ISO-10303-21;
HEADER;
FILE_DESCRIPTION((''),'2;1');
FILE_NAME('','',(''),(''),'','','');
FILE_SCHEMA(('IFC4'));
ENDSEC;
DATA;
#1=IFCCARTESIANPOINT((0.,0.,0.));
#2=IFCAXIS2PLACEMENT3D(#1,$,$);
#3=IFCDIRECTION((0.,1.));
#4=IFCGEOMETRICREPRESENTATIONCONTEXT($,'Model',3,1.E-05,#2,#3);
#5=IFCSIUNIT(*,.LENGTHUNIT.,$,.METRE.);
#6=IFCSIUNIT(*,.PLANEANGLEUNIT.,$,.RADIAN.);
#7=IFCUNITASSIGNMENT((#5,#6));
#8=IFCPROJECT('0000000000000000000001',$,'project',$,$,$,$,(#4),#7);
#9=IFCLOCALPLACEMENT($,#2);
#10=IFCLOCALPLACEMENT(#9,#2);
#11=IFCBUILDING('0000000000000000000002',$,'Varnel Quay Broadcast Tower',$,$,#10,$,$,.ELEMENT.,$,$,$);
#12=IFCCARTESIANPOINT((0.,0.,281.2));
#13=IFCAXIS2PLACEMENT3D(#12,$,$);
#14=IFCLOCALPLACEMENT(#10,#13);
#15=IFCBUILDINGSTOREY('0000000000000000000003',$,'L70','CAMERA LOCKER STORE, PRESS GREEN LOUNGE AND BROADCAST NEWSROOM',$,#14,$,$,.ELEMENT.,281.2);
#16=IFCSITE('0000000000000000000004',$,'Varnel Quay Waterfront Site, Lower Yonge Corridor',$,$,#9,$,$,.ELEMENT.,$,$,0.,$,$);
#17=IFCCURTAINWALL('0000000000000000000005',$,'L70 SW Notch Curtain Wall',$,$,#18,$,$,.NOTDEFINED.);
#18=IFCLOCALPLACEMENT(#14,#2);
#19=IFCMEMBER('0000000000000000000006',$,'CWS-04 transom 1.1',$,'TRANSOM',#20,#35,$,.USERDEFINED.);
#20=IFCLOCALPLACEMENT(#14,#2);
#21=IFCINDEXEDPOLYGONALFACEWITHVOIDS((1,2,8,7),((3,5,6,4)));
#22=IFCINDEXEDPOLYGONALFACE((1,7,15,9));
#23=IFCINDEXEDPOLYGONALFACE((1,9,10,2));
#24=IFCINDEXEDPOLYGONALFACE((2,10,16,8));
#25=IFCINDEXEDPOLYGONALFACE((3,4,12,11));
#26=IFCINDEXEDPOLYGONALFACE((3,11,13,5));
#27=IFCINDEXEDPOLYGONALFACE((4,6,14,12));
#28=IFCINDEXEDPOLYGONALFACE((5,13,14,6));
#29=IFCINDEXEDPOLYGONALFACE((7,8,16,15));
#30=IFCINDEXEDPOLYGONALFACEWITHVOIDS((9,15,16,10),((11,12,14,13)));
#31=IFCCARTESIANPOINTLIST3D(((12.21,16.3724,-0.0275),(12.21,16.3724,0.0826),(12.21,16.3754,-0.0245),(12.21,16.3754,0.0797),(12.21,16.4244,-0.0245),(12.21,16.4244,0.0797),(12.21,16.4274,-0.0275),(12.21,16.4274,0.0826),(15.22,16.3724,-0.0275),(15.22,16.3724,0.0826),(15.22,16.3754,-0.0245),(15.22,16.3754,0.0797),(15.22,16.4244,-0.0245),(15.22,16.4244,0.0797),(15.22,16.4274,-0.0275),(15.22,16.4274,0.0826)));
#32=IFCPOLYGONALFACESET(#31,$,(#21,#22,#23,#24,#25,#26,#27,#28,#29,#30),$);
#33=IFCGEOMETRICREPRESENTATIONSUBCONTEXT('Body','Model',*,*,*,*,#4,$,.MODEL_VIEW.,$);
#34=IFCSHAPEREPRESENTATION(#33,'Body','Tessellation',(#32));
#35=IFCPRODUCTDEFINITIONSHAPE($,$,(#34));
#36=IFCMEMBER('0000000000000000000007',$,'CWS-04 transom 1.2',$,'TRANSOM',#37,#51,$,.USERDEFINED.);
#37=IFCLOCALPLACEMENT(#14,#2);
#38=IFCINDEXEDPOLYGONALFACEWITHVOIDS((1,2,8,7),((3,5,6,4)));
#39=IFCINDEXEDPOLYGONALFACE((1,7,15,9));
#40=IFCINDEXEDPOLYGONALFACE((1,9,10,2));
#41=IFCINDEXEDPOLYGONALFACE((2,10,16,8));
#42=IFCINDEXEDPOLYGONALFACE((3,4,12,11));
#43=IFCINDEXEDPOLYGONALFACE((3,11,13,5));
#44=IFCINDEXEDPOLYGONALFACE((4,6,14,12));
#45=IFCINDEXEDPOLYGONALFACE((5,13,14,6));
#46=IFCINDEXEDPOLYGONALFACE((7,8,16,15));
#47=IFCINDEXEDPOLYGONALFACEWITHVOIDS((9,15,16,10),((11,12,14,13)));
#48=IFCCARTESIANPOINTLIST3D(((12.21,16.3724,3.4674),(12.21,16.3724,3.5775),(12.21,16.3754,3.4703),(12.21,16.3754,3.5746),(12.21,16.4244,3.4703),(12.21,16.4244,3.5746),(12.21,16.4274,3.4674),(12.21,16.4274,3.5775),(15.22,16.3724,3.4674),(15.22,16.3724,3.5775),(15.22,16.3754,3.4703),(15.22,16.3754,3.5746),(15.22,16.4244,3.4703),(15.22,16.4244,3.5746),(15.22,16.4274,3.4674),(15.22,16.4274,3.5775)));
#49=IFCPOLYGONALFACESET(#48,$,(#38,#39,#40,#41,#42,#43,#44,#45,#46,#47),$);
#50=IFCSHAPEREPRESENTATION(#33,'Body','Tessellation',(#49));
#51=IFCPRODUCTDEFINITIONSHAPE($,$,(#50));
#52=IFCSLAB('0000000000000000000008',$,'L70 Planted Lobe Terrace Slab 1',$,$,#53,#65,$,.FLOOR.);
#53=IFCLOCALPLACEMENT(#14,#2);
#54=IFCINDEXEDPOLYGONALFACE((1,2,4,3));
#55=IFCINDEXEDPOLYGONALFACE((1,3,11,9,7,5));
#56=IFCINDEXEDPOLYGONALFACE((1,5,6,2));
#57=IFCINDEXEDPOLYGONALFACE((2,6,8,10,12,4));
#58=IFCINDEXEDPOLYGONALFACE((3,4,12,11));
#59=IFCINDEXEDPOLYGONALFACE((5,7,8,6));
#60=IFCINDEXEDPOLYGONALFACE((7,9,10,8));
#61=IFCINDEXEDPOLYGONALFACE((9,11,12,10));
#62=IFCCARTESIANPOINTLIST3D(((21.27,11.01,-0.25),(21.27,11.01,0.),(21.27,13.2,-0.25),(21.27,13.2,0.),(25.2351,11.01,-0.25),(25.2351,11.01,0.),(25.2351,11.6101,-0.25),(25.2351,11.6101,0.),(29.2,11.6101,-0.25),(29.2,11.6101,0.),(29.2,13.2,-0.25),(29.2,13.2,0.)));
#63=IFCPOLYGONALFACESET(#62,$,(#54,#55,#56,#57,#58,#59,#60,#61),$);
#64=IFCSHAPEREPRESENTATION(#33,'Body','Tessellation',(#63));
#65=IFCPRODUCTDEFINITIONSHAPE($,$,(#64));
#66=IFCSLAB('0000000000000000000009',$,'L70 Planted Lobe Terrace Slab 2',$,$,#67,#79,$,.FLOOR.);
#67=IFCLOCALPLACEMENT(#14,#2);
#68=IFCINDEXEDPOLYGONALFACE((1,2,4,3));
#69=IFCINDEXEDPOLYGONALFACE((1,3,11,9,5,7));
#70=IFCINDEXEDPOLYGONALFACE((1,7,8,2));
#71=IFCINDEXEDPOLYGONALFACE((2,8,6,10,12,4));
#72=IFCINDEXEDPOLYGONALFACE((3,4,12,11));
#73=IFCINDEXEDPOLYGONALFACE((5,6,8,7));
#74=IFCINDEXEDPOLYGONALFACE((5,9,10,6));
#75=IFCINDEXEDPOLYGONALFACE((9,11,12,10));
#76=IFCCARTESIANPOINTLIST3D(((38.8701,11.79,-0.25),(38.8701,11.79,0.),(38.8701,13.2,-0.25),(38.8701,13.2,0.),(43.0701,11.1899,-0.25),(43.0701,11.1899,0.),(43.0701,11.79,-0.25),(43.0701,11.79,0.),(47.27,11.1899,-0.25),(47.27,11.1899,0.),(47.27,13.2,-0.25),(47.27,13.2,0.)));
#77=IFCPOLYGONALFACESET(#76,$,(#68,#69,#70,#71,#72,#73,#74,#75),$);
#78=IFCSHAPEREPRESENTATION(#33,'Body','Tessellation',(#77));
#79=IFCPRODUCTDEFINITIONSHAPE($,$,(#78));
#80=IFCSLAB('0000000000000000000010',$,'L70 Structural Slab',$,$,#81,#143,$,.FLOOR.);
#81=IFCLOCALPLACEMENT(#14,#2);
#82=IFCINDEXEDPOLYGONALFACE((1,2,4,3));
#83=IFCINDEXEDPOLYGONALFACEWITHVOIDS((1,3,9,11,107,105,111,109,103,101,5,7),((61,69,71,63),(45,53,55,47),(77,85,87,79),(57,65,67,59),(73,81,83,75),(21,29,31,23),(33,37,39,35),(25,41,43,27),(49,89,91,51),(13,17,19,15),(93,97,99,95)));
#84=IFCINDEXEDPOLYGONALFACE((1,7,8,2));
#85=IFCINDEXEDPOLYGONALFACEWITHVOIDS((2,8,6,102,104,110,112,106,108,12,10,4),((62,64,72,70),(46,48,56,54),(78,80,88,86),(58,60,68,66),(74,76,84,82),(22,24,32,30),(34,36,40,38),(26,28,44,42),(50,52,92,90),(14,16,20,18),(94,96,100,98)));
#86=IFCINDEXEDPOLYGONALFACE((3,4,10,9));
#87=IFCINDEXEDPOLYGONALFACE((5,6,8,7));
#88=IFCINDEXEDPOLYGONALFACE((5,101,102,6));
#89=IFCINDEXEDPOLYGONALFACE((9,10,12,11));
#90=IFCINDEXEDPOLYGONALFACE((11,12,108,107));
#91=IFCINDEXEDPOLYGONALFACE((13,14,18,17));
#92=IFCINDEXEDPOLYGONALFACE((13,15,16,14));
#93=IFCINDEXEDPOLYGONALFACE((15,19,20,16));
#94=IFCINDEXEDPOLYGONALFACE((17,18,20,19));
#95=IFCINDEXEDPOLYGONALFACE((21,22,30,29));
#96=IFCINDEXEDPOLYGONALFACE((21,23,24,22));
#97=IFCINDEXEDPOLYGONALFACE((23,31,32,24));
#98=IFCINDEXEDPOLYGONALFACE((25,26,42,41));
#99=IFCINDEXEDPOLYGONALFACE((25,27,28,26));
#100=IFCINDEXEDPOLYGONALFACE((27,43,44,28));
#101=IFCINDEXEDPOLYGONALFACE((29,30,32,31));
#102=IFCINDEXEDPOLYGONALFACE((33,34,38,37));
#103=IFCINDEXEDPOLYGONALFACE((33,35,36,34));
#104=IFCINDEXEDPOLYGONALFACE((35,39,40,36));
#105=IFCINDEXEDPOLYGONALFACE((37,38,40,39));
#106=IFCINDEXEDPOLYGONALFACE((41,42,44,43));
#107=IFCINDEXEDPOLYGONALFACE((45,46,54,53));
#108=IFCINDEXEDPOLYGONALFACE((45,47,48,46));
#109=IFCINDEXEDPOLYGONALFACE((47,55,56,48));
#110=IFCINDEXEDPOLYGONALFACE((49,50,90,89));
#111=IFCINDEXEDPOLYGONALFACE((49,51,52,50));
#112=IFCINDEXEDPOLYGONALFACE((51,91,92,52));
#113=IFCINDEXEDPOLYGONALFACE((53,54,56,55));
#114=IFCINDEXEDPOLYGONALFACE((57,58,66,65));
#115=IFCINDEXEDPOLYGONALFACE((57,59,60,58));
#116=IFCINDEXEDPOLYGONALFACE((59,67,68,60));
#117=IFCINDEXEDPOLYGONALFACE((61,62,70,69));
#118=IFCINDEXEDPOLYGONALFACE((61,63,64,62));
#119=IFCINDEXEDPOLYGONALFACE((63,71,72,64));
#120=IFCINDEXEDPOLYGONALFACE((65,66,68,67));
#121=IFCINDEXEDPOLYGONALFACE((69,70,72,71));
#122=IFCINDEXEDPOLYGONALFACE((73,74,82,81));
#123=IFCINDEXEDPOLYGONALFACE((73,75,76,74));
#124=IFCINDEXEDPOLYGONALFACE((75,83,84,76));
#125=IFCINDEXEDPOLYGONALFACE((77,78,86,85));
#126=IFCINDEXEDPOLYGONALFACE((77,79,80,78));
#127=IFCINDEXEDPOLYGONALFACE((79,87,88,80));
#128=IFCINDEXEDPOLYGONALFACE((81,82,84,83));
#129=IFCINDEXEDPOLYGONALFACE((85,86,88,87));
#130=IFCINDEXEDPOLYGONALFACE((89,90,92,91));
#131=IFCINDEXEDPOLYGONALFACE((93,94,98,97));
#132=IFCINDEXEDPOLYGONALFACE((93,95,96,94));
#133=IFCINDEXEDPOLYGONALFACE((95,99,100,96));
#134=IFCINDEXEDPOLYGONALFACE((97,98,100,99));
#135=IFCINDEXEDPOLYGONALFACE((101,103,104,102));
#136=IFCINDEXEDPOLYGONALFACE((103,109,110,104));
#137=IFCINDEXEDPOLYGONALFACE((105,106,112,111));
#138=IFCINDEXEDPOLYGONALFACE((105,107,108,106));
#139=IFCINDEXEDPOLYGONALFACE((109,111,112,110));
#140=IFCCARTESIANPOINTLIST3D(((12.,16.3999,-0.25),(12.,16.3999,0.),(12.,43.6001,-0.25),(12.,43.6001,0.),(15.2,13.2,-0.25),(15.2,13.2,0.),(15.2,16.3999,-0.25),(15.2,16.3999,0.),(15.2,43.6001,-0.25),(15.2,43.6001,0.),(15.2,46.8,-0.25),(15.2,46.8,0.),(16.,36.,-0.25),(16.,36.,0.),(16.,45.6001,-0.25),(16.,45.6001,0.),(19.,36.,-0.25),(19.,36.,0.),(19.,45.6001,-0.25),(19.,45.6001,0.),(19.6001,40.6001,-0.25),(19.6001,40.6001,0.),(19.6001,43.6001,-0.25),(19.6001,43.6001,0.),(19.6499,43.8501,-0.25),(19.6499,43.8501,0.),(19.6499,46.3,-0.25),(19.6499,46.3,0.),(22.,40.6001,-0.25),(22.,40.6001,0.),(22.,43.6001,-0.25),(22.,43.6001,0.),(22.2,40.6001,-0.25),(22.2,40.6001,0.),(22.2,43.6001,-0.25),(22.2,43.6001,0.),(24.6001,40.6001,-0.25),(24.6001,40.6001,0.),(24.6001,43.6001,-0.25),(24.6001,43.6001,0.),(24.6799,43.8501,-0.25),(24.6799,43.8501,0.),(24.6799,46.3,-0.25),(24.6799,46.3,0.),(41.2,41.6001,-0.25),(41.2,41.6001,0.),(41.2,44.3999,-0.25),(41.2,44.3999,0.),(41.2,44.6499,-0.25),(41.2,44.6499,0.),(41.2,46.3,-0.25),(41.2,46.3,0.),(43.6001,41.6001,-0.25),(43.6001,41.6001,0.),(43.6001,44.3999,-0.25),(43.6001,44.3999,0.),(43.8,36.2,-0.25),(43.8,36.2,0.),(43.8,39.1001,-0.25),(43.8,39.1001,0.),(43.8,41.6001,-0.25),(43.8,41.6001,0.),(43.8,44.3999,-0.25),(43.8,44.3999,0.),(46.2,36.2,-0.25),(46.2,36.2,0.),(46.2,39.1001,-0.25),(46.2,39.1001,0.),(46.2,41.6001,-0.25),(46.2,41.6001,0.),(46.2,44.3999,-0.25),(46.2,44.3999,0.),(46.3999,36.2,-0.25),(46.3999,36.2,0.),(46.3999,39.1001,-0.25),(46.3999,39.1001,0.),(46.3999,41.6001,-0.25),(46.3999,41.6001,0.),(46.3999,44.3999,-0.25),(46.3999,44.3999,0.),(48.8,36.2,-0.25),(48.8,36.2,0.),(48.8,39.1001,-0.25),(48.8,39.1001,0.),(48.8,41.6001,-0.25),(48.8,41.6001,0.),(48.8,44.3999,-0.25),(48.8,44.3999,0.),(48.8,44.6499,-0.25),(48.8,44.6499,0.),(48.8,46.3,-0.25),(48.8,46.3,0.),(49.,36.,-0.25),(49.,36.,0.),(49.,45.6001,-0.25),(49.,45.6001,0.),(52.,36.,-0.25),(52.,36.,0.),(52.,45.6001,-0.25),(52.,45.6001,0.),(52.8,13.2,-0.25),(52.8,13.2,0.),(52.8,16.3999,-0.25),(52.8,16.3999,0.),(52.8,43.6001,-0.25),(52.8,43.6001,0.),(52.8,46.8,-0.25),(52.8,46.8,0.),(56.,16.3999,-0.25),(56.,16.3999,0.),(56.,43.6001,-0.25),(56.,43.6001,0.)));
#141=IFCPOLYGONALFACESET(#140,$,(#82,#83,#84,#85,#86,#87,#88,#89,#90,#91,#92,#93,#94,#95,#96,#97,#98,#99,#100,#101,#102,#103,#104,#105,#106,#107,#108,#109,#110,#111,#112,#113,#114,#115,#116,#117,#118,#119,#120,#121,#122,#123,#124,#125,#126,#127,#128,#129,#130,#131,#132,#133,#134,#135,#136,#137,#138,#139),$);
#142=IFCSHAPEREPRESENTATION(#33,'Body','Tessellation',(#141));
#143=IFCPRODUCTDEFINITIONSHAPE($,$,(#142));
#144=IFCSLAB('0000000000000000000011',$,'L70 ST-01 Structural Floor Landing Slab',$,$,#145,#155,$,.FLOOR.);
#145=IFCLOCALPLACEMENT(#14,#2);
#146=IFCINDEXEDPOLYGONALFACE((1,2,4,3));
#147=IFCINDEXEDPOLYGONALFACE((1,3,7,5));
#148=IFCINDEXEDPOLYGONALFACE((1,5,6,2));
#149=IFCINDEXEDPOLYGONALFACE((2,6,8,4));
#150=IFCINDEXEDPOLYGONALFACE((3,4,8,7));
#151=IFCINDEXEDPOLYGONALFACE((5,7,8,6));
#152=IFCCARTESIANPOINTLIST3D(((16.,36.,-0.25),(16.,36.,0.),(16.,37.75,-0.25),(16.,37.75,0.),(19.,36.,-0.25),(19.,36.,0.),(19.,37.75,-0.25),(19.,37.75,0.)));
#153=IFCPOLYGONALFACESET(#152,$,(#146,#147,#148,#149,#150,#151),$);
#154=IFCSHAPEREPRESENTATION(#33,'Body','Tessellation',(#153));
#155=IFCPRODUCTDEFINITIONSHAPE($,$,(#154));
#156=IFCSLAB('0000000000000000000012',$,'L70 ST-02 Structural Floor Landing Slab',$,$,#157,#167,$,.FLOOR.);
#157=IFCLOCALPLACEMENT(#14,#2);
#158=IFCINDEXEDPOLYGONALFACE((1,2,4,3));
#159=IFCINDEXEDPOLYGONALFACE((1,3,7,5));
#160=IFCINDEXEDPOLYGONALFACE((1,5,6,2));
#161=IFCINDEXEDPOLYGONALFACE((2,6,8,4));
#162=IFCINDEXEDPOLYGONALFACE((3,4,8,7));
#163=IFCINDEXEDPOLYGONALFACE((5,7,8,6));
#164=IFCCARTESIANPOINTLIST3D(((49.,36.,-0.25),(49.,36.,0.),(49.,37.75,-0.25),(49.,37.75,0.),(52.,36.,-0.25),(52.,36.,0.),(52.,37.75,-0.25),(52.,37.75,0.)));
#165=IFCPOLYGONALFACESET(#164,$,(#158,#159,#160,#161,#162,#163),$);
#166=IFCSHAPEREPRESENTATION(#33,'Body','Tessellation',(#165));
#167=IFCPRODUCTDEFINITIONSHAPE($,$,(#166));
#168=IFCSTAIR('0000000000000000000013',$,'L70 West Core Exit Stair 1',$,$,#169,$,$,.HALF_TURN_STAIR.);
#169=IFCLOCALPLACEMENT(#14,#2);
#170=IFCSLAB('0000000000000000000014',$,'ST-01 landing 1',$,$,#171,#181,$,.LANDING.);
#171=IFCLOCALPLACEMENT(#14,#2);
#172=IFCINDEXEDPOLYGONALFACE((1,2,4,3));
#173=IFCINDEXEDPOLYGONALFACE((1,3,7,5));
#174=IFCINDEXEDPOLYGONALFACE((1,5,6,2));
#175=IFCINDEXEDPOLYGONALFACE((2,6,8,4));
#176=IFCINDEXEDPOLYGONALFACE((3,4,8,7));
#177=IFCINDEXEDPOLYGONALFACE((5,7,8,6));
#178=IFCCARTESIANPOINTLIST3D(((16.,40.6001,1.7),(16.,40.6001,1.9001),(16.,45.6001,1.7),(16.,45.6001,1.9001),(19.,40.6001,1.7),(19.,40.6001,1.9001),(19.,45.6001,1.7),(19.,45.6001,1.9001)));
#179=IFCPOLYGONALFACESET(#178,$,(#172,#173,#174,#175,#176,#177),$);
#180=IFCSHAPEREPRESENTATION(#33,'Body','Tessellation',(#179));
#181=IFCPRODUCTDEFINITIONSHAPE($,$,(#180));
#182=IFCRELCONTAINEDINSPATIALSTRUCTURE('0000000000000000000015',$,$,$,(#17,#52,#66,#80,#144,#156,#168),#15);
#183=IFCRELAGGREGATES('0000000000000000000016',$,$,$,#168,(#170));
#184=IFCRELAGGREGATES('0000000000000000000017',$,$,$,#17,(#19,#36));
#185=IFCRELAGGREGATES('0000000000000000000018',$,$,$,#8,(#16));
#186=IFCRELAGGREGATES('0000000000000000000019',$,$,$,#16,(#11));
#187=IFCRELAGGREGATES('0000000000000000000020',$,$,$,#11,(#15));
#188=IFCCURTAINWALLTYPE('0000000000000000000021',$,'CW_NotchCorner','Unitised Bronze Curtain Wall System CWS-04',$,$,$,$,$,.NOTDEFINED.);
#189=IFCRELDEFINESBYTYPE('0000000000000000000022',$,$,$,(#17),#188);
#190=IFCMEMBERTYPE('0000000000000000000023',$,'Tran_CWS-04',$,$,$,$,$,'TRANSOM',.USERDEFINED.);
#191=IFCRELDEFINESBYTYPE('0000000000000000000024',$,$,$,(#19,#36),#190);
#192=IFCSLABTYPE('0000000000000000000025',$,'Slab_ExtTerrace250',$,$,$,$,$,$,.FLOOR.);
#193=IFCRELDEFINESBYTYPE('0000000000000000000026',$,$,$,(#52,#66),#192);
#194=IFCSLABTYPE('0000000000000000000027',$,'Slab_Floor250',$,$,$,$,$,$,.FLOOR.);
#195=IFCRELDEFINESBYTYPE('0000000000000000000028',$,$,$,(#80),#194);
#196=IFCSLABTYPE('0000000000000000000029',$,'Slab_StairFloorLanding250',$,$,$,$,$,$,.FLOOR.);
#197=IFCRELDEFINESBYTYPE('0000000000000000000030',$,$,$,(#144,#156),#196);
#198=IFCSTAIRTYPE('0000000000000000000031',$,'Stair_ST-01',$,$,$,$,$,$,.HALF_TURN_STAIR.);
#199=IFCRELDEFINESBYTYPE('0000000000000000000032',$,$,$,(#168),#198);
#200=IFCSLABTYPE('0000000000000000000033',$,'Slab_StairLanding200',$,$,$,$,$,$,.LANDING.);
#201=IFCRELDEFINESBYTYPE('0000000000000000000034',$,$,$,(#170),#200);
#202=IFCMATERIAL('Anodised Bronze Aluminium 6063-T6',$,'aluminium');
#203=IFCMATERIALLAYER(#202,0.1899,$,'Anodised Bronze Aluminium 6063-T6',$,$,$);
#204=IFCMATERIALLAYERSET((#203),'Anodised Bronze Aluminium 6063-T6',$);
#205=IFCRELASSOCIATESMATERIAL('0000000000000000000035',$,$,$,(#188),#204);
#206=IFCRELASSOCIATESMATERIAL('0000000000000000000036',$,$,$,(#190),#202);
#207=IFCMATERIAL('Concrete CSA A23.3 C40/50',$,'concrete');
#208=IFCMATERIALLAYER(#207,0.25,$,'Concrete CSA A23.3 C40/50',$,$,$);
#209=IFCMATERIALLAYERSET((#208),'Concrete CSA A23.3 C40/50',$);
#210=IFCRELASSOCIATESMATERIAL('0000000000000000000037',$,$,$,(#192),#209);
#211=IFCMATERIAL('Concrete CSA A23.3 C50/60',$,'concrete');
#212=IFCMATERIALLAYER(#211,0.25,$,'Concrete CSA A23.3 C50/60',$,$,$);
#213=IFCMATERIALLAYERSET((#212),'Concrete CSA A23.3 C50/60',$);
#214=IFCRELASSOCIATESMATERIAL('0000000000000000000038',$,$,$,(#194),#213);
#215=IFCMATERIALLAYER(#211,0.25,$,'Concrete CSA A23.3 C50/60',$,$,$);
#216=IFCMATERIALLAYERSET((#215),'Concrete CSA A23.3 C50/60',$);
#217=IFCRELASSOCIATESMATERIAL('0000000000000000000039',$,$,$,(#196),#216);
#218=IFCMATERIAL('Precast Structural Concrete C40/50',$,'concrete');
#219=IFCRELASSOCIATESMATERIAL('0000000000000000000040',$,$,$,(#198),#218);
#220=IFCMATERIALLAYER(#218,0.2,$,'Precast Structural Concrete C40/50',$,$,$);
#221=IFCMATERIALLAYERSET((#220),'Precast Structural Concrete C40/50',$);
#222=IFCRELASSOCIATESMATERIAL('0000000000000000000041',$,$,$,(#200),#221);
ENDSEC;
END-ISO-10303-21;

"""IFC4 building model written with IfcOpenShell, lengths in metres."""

from ifc_helpers import new_model, si_unit, direction, frame, origin, origin_2d, place, context, subcontext, project, spatial, polyline, hollow_rectangle, outline, extrude, source, transform, mapped, material, layer, layer_set, material_profile, profile_set, type_object, type_shapes, element, aggregate, save


model = new_model("IFC4")

# Units and contexts
model_context = context("Model", 3, precision=1e-05, world=origin(), true_north=direction((0.0, 1.0)))
body_context = subcontext(model_context, "Body", "Model", "MODEL_VIEW")
ifc_project = project(units=[si_unit("LENGTHUNIT", "METRE"), si_unit("PLANEANGLEUNIT", "RADIAN")], contexts=[model_context])

# Site, building, storey
site_placement = place(None, origin())
site = spatial("IfcSite", under=ifc_project, at=site_placement, Name="Varnel Quay Waterfront Site, Lower Yonge Corridor", CompositionType="ELEMENT", RefElevation=0.0)
building_placement = place(site_placement, origin())
building = spatial("IfcBuilding", under=site, at=building_placement, Name="Varnel Quay Broadcast Tower", CompositionType="ELEMENT")
storey_placement = place(building_placement, frame((0.0, 0.0, 281.2)))
storey = spatial("IfcBuildingStorey", under=building, at=storey_placement, Name="L70", Description="CAMERA LOCKER STORE, PRESS GREEN LOUNGE AND BROADCAST NEWSROOM", CompositionType="ELEMENT", Elevation=281.2)

# Curtain wall
ifc_material_1 = material(Name="Anodised Bronze Aluminium 6063-T6", Category="aluminium")
ifc_layer_1 = layer(ifc_material_1, 0.1899, Name="Anodised Bronze Aluminium 6063-T6")
ifc_layer_set_1 = layer_set([ifc_layer_1], Name="Anodised Bronze Aluminium 6063-T6")
curtain_wall_type_1 = type_object("IfcCurtainWallType", Name="CW_NotchCorner", Description="Unitised Bronze Curtain Wall System CWS-04", PredefinedType="NOTDEFINED", material=ifc_layer_set_1)
curtain_wall_1_placement = place(storey_placement, origin())
curtain_wall_1 = element("IfcCurtainWall", 1, at=curtain_wall_1_placement, inside=storey, type_object=curtain_wall_type_1, Name="L70 SW Notch Curtain Wall", PredefinedType="NOTDEFINED")

# Members
ifc_material_profile_1 = material_profile(ifc_material_1, hollow_rectangle(XDim=0.0549, YDim=0.1101, WallThickness=0.0029, at=origin_2d()), Name="ALU55X110X3")
ifc_profile_set_1 = profile_set([ifc_material_profile_1], Name="Anodised Bronze Aluminium 6063-T6")
member_type_1 = type_object("IfcMemberType", Name="Tran_CWS-04", ElementType="TRANSOM", PredefinedType="USERDEFINED", material=ifc_profile_set_1)
shared_shape_1 = source(origin(), body_context, "Body", "SweptSolid", [
    extrude(hollow_rectangle(XDim=0.0549, YDim=0.1101, WallThickness=0.0029, at=origin_2d()), origin(), (0.0, 0.0, 1.0), 3.01),
])
type_shapes(member_type_1, [shared_shape_1])
member_1_placement = place(storey_placement, frame((12.21, 16.3999, 0.0276), z_axis=(1.0, 0.0, 0.0), x_axis=(0.0, 1.0, 0.0)))
member_1 = element("IfcMember", 2, at=member_1_placement, type_object=member_type_1, Name="CWS-04 transom 1.1", ObjectType="TRANSOM", PredefinedType="USERDEFINED", context=body_context, shape_type="MappedRepresentation", body=[
    mapped(shared_shape_1, transform((0.0, 0.0, 0.0), x_axis=(1.0, 0.0, 0.0), y_axis=(0.0, 1.0, 0.0), z_axis=(0.0, 0.0, 1.0), scale=1.0)),
])
member_2_placement = place(storey_placement, frame((12.21, 16.3999, 3.5225), z_axis=(1.0, 0.0, 0.0), x_axis=(0.0, 1.0, 0.0)))
member_2 = element("IfcMember", 3, at=member_2_placement, type_object=member_type_1, Name="CWS-04 transom 1.2", ObjectType="TRANSOM", PredefinedType="USERDEFINED", context=body_context, shape_type="MappedRepresentation", body=[
    mapped(shared_shape_1, transform((0.0, 0.0, 0.0), x_axis=(1.0, 0.0, 0.0), y_axis=(0.0, 1.0, 0.0), z_axis=(0.0, 0.0, 1.0), scale=1.0)),
])

# Slabs
ifc_material_2 = material(Name="Concrete CSA A23.3 C40/50", Category="concrete")
ifc_layer_2 = layer(ifc_material_2, 0.25, Name="Concrete CSA A23.3 C40/50")
ifc_layer_set_2 = layer_set([ifc_layer_2], Name="Concrete CSA A23.3 C40/50")
slab_type_1 = type_object("IfcSlabType", Name="Slab_ExtTerrace250", PredefinedType="FLOOR", material=ifc_layer_set_2)
slab_1_placement = place(storey_placement, frame((0.0, 0.0, -0.25)))
element("IfcSlab", 4, at=slab_1_placement, inside=storey, type_object=slab_type_1, Name="L70 Planted Lobe Terrace Slab 1", PredefinedType="FLOOR", context=body_context, shape_type="SweptSolid", body=[
    extrude(outline(polyline([(21.27, 11.01), (25.2351, 11.01), (25.2351, 11.6101), (29.2, 11.6101), (29.2, 13.2), (21.27, 13.2), (21.27, 11.01)])), origin(), (0.0, 0.0, 1.0), 0.25),
])
slab_2_placement = place(storey_placement, frame((0.0, 0.0, -0.25)))
element("IfcSlab", 5, at=slab_2_placement, inside=storey, type_object=slab_type_1, Name="L70 Planted Lobe Terrace Slab 2", PredefinedType="FLOOR", context=body_context, shape_type="SweptSolid", body=[
    extrude(outline(polyline([(38.8701, 11.79), (43.0701, 11.79), (43.0701, 11.1899), (47.27, 11.1899), (47.27, 13.2), (38.8701, 13.2), (38.8701, 11.79)])), origin(), (0.0, 0.0, 1.0), 0.25),
])
ifc_material_3 = material(Name="Concrete CSA A23.3 C50/60", Category="concrete")
ifc_layer_3 = layer(ifc_material_3, 0.25, Name="Concrete CSA A23.3 C50/60")
ifc_layer_set_3 = layer_set([ifc_layer_3], Name="Concrete CSA A23.3 C50/60")
slab_type_2 = type_object("IfcSlabType", Name="Slab_Floor250", PredefinedType="FLOOR", material=ifc_layer_set_3)
slab_3_placement = place(storey_placement, frame((0.0, 0.0, -0.25)))
element("IfcSlab", 6, at=slab_3_placement, inside=storey, type_object=slab_type_2, Name="L70 Structural Slab", PredefinedType="FLOOR", context=body_context, shape_type="SweptSolid", body=[
    extrude(outline(polyline([(15.2, 13.2), (52.8, 13.2), (52.8, 16.3999), (56.0, 16.3999), (56.0, 43.6001), (52.8, 43.6001), (52.8, 46.8), (15.2, 46.8), (15.2, 43.6001), (12.0, 43.6001), (12.0, 16.3999), (15.2, 16.3999), (15.2, 13.2)]), holes=[polyline([(19.0, 36.0), (16.0, 36.0), (16.0, 45.6001), (19.0, 45.6001), (19.0, 36.0)]), polyline([(19.6001, 40.6001), (19.6001, 43.6001), (22.0, 43.6001), (22.0, 40.6001), (19.6001, 40.6001)]), polyline([(22.2, 40.6001), (22.2, 43.6001), (24.6001, 43.6001), (24.6001, 40.6001), (22.2, 40.6001)]), polyline([(41.2, 44.3999), (43.6001, 44.3999), (43.6001, 41.6001), (41.2, 41.6001), (41.2, 44.3999)]), polyline([(43.8, 44.3999), (46.2, 44.3999), (46.2, 41.6001), (43.8, 41.6001), (43.8, 44.3999)]), polyline([(19.6499, 43.8501), (19.6499, 46.3), (24.6799, 46.3), (24.6799, 43.8501), (19.6499, 43.8501)]), polyline([(43.8, 39.1001), (46.2, 39.1001), (46.2, 36.2), (43.8, 36.2), (43.8, 39.1001)]), polyline([(46.3999, 39.1001), (48.8, 39.1001), (48.8, 36.2), (46.3999, 36.2), (46.3999, 39.1001)]), polyline([(52.0, 36.0), (49.0, 36.0), (49.0, 45.6001), (52.0, 45.6001), (52.0, 36.0)]), polyline([(46.3999, 44.3999), (48.8, 44.3999), (48.8, 41.6001), (46.3999, 41.6001), (46.3999, 44.3999)]), polyline([(41.2, 46.3), (48.8, 46.3), (48.8, 44.6499), (41.2, 44.6499), (41.2, 46.3)])]), origin(), (0.0, 0.0, 1.0), 0.25),
])
ifc_layer_4 = layer(ifc_material_3, 0.25, Name="Concrete CSA A23.3 C50/60")
ifc_layer_set_4 = layer_set([ifc_layer_4], Name="Concrete CSA A23.3 C50/60")
slab_type_3 = type_object("IfcSlabType", Name="Slab_StairFloorLanding250", PredefinedType="FLOOR", material=ifc_layer_set_4)
slab_4_placement = place(storey_placement, frame((0.0, 0.0, -0.25)))
element("IfcSlab", 7, at=slab_4_placement, inside=storey, type_object=slab_type_3, Name="L70 ST-01 Structural Floor Landing Slab", PredefinedType="FLOOR", context=body_context, shape_type="SweptSolid", body=[
    extrude(outline(polyline([(19.0, 36.0), (19.0, 37.75), (16.0, 37.75), (16.0, 36.0), (19.0, 36.0)])), origin(), (0.0, 0.0, 1.0), 0.25),
])
slab_5_placement = place(storey_placement, frame((0.0, 0.0, -0.25)))
element("IfcSlab", 8, at=slab_5_placement, inside=storey, type_object=slab_type_3, Name="L70 ST-02 Structural Floor Landing Slab", PredefinedType="FLOOR", context=body_context, shape_type="SweptSolid", body=[
    extrude(outline(polyline([(52.0, 36.0), (52.0, 37.75), (49.0, 37.75), (49.0, 36.0), (52.0, 36.0)])), origin(), (0.0, 0.0, 1.0), 0.25),
])

# Stair, slab
ifc_material_4 = material(Name="Precast Structural Concrete C40/50", Category="concrete")
stair_type_1 = type_object("IfcStairType", Name="Stair_ST-01", PredefinedType="HALF_TURN_STAIR", material=ifc_material_4)
stair_1_placement = place(storey_placement, origin())
stair_1 = element("IfcStair", 9, at=stair_1_placement, inside=storey, type_object=stair_type_1, Name="L70 West Core Exit Stair 1", PredefinedType="HALF_TURN_STAIR")
ifc_layer_5 = layer(ifc_material_4, 0.2, Name="Precast Structural Concrete C40/50")
ifc_layer_set_5 = layer_set([ifc_layer_5], Name="Precast Structural Concrete C40/50")
slab_type_4 = type_object("IfcSlabType", Name="Slab_StairLanding200", PredefinedType="LANDING", material=ifc_layer_set_5)
slab_6_placement = place(storey_placement, frame((0.0, 0.0, 1.7)))
slab_6 = element("IfcSlab", 10, at=slab_6_placement, type_object=slab_type_4, Name="ST-01 landing 1", PredefinedType="LANDING", context=body_context, shape_type="SweptSolid", body=[
    extrude(outline(polyline([(19.0, 40.6001), (19.0, 45.6001), (16.0, 45.6001), (16.0, 40.6001), (19.0, 40.6001)])), origin(), (0.0, 0.0, 1.0), 0.2002),
])
aggregate(stair_1, [slab_6])

aggregate(curtain_wall_1, [member_1, member_2])

save(model, "model.ifc")
